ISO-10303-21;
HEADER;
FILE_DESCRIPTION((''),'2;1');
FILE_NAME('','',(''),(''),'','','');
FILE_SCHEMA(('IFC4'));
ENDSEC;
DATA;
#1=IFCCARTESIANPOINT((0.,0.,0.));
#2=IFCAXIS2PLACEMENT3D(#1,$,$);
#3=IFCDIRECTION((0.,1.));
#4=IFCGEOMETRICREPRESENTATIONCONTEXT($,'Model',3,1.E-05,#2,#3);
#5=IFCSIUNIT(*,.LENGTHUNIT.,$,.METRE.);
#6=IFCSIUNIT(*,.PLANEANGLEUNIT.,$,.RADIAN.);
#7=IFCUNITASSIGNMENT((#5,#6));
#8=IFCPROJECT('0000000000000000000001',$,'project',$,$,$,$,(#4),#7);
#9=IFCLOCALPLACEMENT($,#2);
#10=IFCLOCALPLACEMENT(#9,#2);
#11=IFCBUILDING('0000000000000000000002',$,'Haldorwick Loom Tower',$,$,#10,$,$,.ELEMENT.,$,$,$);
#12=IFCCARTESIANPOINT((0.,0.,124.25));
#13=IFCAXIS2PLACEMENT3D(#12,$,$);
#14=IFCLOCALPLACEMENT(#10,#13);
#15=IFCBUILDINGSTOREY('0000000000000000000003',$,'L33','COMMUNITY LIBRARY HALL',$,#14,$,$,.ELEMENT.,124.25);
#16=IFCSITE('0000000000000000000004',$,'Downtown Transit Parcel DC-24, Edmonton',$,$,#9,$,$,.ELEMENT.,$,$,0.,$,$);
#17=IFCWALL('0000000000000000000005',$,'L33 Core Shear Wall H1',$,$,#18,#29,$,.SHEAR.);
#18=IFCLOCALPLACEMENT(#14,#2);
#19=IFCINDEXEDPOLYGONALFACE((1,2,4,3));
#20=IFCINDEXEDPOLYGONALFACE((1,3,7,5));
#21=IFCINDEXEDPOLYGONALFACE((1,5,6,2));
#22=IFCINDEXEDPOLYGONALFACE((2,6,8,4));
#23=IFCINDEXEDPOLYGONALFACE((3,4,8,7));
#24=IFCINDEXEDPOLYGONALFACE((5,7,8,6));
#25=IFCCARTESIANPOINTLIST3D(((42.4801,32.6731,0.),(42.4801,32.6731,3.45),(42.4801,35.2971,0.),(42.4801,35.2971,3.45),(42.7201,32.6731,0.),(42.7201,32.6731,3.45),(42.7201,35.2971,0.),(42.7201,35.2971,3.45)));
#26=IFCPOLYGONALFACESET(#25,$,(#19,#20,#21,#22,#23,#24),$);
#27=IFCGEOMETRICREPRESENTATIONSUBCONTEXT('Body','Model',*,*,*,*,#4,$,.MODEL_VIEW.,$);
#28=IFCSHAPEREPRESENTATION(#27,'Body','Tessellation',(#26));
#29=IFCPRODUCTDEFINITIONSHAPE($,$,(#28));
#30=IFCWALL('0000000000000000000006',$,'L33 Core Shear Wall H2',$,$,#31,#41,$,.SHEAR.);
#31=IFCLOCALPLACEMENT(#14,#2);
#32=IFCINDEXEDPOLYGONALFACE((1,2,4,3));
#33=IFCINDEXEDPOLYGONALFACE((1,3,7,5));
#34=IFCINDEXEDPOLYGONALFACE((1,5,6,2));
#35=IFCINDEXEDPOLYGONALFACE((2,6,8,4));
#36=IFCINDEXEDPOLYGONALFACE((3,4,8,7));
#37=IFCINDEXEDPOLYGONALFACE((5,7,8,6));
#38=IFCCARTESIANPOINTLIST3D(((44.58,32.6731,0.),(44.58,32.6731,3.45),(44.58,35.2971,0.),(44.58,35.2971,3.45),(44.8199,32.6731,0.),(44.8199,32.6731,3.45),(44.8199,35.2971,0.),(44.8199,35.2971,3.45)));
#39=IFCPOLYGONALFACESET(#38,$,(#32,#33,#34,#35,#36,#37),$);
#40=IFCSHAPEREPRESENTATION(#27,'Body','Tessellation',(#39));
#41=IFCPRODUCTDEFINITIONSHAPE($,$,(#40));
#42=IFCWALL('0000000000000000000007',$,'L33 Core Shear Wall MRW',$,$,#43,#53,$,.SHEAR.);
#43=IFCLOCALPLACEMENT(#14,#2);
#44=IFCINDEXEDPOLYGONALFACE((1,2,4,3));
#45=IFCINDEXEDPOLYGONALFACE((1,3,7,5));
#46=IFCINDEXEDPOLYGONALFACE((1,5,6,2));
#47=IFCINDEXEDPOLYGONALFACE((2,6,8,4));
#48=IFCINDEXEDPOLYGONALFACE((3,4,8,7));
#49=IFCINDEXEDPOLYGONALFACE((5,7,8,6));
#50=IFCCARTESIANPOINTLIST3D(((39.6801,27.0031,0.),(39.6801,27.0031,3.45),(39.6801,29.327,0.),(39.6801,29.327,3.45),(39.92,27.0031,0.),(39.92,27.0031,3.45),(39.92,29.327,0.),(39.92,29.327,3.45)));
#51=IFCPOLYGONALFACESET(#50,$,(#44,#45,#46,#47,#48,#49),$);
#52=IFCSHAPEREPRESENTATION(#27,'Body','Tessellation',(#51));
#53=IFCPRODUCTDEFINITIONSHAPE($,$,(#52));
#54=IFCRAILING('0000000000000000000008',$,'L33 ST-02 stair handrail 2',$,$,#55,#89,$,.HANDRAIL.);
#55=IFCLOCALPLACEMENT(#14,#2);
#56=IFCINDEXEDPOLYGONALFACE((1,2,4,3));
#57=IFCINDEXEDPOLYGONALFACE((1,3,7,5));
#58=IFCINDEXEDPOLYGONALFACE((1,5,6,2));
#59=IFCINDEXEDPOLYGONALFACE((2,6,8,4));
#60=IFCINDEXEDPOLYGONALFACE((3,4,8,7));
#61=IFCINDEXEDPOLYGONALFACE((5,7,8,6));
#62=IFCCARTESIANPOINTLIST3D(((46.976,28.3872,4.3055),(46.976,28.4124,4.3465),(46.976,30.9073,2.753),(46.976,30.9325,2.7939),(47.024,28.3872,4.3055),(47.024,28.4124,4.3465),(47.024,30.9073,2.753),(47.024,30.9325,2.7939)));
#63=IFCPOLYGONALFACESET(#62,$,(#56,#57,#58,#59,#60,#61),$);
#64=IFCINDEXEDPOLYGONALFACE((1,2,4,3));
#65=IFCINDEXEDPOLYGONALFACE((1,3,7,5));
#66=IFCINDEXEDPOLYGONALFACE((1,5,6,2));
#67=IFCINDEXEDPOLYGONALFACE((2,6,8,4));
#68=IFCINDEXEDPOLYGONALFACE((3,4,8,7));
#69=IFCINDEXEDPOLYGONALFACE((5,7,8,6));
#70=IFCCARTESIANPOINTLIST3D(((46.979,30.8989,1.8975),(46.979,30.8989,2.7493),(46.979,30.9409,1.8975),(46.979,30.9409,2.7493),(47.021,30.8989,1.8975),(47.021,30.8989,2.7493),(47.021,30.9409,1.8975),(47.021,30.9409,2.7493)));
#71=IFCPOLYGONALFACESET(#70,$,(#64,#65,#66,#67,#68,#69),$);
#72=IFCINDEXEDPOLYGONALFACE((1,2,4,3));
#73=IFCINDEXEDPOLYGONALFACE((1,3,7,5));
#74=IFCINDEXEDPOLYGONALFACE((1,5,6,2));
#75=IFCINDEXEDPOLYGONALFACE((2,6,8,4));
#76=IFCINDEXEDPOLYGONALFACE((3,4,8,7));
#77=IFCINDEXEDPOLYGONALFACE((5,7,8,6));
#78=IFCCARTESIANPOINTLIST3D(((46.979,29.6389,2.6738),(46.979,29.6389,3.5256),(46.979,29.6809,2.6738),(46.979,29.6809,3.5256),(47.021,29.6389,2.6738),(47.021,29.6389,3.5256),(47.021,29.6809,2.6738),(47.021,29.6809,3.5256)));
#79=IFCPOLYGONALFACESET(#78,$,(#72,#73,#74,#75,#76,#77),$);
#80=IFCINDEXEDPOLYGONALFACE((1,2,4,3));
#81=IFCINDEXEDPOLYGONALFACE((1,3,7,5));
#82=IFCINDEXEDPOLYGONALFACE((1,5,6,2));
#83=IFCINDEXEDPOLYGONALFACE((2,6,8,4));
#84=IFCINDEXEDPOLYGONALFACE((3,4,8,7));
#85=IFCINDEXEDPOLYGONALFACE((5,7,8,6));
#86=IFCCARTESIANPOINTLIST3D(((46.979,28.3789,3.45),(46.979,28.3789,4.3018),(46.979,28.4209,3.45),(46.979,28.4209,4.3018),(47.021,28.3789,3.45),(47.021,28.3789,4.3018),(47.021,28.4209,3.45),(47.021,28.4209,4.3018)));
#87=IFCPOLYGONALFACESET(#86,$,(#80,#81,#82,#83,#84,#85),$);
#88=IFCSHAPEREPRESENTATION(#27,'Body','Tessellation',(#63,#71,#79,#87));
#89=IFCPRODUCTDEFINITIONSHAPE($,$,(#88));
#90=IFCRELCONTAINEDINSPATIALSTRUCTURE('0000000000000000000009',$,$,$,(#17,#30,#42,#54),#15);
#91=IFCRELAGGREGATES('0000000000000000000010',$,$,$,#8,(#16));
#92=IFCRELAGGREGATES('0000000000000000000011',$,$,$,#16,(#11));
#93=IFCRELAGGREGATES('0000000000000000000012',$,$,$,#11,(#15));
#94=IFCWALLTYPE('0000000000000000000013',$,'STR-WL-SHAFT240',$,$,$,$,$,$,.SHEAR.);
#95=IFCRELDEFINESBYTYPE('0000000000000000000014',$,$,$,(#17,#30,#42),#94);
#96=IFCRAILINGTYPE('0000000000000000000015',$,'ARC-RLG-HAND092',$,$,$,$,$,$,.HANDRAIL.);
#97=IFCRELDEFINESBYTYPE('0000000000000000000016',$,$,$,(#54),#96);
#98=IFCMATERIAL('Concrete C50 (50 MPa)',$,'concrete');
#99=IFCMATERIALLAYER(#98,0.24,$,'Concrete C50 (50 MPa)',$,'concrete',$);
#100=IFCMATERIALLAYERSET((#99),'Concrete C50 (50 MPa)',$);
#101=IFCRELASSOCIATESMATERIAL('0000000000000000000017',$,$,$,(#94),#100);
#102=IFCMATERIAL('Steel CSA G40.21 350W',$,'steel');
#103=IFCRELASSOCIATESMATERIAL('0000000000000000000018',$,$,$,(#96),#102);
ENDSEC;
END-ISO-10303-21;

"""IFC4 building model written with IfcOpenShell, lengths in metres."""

from ifc_helpers import new_model, si_unit, direction, frame, frame_2d, origin, origin_2d, place, context, subcontext, project, spatial, rectangle, extrude, material, layer, layer_set, type_object, element, save


model = new_model("IFC4")

# Units and contexts
model_context = context("Model", 3, precision=1e-05, world=origin(), true_north=direction((0.0, 1.0)))
body_context = subcontext(model_context, "Body", "Model", "MODEL_VIEW")
ifc_project = project(units=[si_unit("LENGTHUNIT", "METRE"), si_unit("PLANEANGLEUNIT", "RADIAN")], contexts=[model_context])

# Site, building, storey
site_placement = place(None, origin())
site = spatial("IfcSite", under=ifc_project, at=site_placement, Name="Downtown Transit Parcel DC-24, Edmonton", CompositionType="ELEMENT", RefElevation=0.0)
building_placement = place(site_placement, origin())
building = spatial("IfcBuilding", under=site, at=building_placement, Name="Haldorwick Loom Tower", CompositionType="ELEMENT")
storey_placement = place(building_placement, frame((0.0, 0.0, 124.25)))
storey = spatial("IfcBuildingStorey", under=building, at=storey_placement, Name="L33", Description="COMMUNITY LIBRARY HALL", CompositionType="ELEMENT", Elevation=124.25)

# Shared definitions
ifc_material_1 = material(Name="Steel CSA G40.21 350W", Category="steel")

# Shared definitions
ifc_material_2 = material(Name="Concrete C50 (50 MPa)", Category="concrete")
ifc_layer_1 = layer(ifc_material_2, 0.24, Name="Concrete C50 (50 MPa)", Category="concrete")
ifc_layer_set_1 = layer_set([ifc_layer_1], Name="Concrete C50 (50 MPa)")
wall_type_1 = type_object("IfcWallType", Name="STR-WL-SHAFT240", PredefinedType="SHEAR", material=ifc_layer_set_1)

# Walls
for number, where, z_axis, x_axis, name in (
    (1, (42.6001, 32.6731, 0.0), (0.0, 0.0, 1.0), (0.0, 1.0, 0.0), "L33 Core Shear Wall H1"),
    (2, (44.7, 32.6731, 0.0), (0.0, 0.0, 1.0), (0.0, 1.0, 0.0), "L33 Core Shear Wall H2"),
):
    element("IfcWall", number, at=place(storey_placement, frame(where, z_axis=z_axis, x_axis=x_axis)), inside=storey, type_object=wall_type_1, Name=name, PredefinedType="SHEAR", context=body_context, shape_type="SweptSolid", body=[
        extrude(rectangle(XDim=2.624, YDim=0.24, at=frame_2d((1.312, 0.0))), origin(), (0.0, 0.0, 1.0), 3.45),
    ])
wall_1_placement = place(storey_placement, frame((39.8, 27.0029, 0.0), z_axis=(0.0, 0.0, 1.0), x_axis=(0.0, 1.0, 0.0)))
element("IfcWall", 3, at=wall_1_placement, inside=storey, type_object=wall_type_1, Name="L33 Core Shear Wall MRW", PredefinedType="SHEAR", context=body_context, shape_type="SweptSolid", body=[
    extrude(rectangle(XDim=2.324, YDim=0.24, at=frame_2d((1.1621, 0.0))), origin(), (0.0, 0.0, 1.0), 3.45),
])

# Railing
railing_type = type_object("IfcRailingType", Name="ARC-RLG-HAND092", PredefinedType="HANDRAIL", material=ifc_material_1)
railing_placement = place(storey_placement, frame((47.0, 30.9199, 1.8975)))
element("IfcRailing", 4, at=railing_placement, inside=storey, type_object=railing_type, Name="L33 ST-02 stair handrail 2", PredefinedType="HANDRAIL", context=body_context, shape_type="SweptSolid", body=[
    extrude(rectangle(XDim=0.0481, YDim=0.0481, at=origin_2d()), frame((0.0, 0.0, 0.876), z_axis=(0.0, -0.8514, 0.524516), x_axis=(1.0, 0.0, 0.0)), (0.0, 0.0, 1.0), 2.96),
    extrude(rectangle(XDim=0.042, YDim=0.042, at=origin_2d()), origin(), (0.0, 0.0, 1.0), 0.8518),
    extrude(rectangle(XDim=0.042, YDim=0.042, at=origin_2d()), frame((0.0, -1.26, 0.7764)), (0.0, 0.0, 1.0), 0.8518),
    extrude(rectangle(XDim=0.042, YDim=0.042, at=origin_2d()), frame((0.0, -2.52, 1.5525)), (0.0, 0.0, 1.0), 0.8518),
])

save(model, "model.ifc")
